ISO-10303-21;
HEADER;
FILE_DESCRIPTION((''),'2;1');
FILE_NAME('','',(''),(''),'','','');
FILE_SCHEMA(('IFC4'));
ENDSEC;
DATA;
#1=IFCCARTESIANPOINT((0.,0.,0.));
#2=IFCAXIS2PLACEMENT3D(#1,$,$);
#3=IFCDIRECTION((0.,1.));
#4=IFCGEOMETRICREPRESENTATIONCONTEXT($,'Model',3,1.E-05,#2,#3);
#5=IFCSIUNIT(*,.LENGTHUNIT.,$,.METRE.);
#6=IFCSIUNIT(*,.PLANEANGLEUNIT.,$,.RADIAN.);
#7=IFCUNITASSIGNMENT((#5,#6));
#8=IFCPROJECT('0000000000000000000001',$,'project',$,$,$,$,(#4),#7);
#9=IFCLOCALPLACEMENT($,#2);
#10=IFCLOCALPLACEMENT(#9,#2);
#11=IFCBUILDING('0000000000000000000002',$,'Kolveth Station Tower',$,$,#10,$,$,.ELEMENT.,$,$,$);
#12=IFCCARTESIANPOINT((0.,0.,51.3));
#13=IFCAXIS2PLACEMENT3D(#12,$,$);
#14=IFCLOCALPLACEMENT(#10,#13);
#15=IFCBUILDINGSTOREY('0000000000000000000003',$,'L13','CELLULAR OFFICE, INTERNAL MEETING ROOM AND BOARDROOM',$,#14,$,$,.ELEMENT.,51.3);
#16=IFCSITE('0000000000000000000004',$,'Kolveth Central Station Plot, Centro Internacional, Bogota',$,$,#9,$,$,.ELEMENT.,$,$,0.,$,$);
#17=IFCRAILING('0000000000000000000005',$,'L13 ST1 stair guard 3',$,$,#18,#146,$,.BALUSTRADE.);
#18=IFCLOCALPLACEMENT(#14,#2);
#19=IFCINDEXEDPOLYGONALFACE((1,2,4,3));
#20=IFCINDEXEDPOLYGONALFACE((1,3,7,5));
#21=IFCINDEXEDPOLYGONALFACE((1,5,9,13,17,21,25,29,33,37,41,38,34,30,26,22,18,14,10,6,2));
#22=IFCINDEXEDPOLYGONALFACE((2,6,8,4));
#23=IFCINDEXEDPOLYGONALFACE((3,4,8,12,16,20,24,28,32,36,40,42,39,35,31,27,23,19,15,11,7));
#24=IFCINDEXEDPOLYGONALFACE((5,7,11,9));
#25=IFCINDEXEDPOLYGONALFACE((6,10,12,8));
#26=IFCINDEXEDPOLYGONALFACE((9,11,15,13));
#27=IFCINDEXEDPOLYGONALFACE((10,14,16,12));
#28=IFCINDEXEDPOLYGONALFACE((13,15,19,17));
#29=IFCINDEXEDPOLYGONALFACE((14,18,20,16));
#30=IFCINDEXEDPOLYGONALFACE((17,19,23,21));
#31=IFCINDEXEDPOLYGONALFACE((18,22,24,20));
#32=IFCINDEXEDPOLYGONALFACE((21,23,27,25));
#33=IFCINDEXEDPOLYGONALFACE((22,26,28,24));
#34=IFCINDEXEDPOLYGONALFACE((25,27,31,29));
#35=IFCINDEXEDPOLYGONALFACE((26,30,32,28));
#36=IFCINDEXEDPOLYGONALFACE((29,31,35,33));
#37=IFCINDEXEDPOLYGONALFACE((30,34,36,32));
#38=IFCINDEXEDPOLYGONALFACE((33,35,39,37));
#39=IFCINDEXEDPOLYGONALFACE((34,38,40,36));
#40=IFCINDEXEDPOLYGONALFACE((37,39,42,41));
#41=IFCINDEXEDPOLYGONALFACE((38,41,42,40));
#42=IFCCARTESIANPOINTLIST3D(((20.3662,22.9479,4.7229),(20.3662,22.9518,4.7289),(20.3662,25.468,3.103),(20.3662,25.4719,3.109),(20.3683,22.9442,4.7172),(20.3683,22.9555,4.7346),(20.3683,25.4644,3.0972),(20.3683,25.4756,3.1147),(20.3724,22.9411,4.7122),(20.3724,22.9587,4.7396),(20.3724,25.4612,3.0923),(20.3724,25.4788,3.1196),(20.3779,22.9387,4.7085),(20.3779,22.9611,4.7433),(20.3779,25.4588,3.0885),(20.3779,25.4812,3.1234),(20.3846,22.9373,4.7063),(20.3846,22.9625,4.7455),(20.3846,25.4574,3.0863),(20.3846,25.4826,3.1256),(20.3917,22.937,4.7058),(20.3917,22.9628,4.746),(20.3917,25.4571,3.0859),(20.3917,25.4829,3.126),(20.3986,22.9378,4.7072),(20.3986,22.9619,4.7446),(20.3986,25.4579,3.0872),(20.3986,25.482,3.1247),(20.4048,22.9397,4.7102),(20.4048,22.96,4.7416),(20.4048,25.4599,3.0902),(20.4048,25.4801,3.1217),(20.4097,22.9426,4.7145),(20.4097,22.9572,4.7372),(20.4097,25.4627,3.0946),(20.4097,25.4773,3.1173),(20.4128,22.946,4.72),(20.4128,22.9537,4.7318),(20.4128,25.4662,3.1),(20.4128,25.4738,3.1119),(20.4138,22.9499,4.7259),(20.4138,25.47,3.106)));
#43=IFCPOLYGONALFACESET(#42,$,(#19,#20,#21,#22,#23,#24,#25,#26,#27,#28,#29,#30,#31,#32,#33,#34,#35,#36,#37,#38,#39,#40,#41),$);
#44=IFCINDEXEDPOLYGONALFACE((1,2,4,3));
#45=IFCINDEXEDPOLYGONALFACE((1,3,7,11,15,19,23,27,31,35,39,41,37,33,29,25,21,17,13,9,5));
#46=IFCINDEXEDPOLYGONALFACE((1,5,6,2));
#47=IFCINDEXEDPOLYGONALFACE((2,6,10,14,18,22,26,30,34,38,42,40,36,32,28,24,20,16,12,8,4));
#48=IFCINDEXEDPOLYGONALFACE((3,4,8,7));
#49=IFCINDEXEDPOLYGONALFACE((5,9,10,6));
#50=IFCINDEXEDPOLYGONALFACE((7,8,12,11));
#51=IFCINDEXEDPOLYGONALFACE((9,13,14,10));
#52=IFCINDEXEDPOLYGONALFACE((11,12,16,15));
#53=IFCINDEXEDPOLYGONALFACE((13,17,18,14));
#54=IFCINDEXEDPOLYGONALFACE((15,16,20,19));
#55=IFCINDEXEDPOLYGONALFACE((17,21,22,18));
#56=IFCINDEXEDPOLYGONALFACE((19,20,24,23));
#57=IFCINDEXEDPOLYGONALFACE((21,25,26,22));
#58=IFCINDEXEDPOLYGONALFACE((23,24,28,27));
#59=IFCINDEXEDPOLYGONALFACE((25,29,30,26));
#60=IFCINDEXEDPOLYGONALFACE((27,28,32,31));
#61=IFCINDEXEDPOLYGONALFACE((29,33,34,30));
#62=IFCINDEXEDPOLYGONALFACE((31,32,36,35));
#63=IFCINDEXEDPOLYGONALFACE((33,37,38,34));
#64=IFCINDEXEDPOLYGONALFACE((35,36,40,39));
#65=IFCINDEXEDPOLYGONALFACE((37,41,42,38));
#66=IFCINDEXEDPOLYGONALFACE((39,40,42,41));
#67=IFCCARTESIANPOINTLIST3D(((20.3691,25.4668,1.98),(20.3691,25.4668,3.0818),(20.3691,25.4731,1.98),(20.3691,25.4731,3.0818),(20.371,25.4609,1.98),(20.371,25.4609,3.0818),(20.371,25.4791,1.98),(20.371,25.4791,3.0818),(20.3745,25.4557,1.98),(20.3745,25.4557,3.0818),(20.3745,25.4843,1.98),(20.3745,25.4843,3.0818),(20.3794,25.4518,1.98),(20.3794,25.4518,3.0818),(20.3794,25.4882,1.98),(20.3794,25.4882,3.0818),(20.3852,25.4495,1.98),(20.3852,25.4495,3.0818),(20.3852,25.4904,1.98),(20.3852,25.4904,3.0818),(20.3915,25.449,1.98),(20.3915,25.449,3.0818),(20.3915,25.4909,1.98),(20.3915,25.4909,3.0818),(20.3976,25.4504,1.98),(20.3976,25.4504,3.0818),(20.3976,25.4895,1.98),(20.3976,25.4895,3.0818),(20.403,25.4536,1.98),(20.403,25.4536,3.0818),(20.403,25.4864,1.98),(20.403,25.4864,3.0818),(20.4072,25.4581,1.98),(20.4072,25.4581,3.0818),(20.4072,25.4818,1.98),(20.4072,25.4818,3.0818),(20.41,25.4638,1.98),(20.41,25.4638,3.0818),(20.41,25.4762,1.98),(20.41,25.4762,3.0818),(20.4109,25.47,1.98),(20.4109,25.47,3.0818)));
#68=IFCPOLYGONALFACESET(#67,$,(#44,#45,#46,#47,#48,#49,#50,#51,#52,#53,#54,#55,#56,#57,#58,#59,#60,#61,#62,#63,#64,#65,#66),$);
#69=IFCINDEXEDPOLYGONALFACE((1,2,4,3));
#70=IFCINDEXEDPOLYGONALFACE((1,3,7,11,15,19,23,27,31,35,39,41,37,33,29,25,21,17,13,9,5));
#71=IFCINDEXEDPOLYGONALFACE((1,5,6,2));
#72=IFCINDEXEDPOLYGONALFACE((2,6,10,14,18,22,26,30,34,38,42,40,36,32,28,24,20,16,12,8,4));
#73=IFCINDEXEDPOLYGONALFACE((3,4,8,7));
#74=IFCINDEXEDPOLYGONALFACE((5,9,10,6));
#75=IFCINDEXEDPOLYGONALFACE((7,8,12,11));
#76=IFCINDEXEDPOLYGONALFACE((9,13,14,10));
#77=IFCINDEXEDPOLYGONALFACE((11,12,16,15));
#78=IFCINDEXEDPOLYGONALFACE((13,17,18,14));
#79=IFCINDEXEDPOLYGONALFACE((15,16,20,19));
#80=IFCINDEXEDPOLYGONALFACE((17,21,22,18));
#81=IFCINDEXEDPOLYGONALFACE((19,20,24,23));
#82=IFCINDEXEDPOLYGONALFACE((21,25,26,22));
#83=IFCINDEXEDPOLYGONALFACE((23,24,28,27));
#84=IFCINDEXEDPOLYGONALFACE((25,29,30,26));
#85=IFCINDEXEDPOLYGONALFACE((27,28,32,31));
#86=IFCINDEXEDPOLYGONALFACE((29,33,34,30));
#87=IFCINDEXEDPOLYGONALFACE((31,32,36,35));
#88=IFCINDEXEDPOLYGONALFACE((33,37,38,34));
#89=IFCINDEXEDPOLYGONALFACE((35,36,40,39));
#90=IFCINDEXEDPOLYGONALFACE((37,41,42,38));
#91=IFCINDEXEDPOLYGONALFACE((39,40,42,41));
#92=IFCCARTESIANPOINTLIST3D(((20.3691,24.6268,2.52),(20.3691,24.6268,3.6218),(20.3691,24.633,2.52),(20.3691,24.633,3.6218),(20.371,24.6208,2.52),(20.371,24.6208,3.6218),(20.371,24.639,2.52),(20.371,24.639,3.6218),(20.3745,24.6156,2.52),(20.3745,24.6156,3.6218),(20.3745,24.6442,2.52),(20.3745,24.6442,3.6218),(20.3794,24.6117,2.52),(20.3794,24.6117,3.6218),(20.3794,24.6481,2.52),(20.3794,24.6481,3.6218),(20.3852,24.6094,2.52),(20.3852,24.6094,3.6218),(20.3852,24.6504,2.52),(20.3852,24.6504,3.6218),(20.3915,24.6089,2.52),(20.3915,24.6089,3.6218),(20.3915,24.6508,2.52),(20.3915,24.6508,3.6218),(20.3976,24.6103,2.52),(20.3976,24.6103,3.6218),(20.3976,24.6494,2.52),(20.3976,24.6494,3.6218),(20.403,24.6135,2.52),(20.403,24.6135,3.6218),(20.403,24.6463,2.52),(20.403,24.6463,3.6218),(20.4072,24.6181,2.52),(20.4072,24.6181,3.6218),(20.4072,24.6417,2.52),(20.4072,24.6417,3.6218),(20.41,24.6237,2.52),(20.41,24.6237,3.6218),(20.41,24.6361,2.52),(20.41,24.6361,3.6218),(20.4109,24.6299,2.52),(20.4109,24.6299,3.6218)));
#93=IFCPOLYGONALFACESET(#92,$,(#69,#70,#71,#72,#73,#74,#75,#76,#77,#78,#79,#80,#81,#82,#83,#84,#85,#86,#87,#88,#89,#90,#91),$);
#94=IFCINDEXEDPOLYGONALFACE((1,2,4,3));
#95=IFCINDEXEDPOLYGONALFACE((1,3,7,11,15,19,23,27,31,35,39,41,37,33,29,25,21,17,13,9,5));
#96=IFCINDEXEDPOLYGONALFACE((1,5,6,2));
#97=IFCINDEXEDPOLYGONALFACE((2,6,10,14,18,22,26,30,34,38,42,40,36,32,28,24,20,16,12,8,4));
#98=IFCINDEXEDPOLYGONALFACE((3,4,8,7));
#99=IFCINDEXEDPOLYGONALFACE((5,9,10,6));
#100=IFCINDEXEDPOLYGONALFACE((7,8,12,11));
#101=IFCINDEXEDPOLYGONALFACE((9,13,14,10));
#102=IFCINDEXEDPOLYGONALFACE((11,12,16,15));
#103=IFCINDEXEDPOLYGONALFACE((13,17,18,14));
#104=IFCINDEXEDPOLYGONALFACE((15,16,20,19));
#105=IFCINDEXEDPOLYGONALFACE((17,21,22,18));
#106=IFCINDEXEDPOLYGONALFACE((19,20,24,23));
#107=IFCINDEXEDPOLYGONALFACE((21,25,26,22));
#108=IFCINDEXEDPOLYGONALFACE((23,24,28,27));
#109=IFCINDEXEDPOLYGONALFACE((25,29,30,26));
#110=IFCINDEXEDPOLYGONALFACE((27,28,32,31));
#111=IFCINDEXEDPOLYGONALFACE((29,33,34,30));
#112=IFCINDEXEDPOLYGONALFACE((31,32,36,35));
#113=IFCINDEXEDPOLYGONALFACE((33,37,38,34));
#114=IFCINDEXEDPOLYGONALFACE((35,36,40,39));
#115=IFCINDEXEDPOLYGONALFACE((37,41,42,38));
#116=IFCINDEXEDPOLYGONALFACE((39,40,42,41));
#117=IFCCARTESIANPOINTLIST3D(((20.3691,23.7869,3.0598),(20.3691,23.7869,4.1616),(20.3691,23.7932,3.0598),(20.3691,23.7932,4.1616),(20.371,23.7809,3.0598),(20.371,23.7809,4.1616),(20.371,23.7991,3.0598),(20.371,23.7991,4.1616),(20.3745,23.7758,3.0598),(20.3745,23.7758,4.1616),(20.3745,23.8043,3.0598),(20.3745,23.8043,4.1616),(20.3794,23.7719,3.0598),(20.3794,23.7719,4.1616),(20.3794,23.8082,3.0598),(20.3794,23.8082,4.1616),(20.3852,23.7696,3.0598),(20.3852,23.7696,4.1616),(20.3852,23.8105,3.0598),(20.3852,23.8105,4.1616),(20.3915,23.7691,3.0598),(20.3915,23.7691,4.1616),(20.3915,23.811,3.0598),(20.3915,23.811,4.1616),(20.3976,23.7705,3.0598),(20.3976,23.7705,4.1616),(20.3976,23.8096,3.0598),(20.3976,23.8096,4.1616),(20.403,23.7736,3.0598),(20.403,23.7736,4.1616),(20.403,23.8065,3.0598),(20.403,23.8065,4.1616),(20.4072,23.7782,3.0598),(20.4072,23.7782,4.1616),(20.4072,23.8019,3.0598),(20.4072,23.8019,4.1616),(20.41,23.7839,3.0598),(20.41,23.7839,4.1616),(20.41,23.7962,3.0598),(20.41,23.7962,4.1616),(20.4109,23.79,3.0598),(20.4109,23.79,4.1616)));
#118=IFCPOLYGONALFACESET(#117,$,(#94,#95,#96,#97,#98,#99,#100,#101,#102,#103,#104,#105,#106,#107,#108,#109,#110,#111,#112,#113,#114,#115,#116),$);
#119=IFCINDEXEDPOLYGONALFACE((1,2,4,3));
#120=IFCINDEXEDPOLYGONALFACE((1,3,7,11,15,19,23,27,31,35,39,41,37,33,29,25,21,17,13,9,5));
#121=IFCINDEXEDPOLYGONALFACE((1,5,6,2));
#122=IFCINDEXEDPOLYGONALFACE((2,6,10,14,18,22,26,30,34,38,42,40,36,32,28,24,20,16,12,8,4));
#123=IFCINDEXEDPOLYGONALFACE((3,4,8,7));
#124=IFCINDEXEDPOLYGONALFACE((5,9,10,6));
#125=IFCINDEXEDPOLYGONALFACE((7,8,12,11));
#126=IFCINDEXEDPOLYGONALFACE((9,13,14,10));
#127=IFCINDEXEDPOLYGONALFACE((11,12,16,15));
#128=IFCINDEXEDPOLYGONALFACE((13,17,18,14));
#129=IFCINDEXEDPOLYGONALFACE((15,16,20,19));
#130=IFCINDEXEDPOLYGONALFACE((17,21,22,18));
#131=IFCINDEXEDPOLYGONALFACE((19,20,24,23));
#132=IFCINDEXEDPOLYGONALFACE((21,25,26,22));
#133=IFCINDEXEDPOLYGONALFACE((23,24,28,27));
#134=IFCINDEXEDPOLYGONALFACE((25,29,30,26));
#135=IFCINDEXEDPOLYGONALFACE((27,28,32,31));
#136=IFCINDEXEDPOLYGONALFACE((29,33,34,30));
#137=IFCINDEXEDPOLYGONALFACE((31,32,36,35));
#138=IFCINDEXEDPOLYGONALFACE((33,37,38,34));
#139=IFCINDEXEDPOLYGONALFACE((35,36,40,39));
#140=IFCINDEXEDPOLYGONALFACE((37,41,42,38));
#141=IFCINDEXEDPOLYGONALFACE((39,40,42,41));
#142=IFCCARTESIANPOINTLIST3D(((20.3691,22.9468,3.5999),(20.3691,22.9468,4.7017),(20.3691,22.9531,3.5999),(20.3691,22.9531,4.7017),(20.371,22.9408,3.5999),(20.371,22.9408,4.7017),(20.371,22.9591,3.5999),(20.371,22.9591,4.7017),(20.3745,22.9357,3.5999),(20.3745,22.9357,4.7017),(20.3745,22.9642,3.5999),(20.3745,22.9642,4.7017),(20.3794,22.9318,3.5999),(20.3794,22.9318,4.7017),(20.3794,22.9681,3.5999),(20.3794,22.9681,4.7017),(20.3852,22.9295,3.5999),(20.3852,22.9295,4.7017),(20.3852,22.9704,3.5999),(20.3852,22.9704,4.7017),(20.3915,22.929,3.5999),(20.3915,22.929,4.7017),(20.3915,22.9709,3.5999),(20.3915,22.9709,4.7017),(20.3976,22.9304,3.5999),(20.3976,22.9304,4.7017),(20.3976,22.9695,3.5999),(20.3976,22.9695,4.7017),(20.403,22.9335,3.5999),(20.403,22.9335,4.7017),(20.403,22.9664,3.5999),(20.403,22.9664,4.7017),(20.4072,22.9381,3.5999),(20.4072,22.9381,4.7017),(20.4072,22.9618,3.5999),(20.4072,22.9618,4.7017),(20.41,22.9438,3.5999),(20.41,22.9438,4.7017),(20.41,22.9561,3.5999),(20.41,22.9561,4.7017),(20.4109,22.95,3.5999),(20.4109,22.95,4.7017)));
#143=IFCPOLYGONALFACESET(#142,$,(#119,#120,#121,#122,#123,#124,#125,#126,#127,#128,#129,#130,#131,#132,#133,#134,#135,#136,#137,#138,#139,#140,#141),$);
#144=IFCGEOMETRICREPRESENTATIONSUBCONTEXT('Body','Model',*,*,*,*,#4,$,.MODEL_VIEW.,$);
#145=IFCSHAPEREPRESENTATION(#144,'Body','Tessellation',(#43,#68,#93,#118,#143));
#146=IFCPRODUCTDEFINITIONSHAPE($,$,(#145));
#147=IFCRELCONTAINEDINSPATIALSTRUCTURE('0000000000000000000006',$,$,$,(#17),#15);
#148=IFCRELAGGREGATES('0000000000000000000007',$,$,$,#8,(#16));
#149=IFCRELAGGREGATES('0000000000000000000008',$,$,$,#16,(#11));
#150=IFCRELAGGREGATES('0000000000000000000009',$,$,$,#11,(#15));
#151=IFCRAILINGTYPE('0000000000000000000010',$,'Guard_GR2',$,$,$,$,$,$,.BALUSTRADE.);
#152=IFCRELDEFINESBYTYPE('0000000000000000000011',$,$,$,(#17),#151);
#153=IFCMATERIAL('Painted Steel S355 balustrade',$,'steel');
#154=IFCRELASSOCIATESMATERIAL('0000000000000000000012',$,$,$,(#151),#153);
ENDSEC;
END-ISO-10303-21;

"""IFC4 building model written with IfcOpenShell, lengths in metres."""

from ifc_helpers import new_model, si_unit, direction, frame, origin, origin_2d, place, context, subcontext, project, spatial, circle, extrude, material, type_object, element, save


model = new_model("IFC4")

# Units and contexts
model_context = context("Model", 3, precision=1e-05, world=origin(), true_north=direction((0.0, 1.0)))
body_context = subcontext(model_context, "Body", "Model", "MODEL_VIEW")
ifc_project = project(units=[si_unit("LENGTHUNIT", "METRE"), si_unit("PLANEANGLEUNIT", "RADIAN")], contexts=[model_context])

# Site, building, storey
site_placement = place(None, origin())
site = spatial("IfcSite", under=ifc_project, at=site_placement, Name="Kolveth Central Station Plot, Centro Internacional, Bogota", CompositionType="ELEMENT", RefElevation=0.0)
building_placement = place(site_placement, origin())
building = spatial("IfcBuilding", under=site, at=building_placement, Name="Kolveth Station Tower", CompositionType="ELEMENT")
storey_placement = place(building_placement, frame((0.0, 0.0, 51.3)))
storey = spatial("IfcBuildingStorey", under=building, at=storey_placement, Name="L13", Description="CELLULAR OFFICE, INTERNAL MEETING ROOM AND BOARDROOM", CompositionType="ELEMENT", Elevation=51.3)

# Railing
ifc_material_1 = material(Name="Painted Steel S355 balustrade", Category="steel")
railing_type_1 = type_object("IfcRailingType", Name="Guard_GR2", PredefinedType="BALUSTRADE", material=ifc_material_1)
railing_1_placement = place(storey_placement, frame((20.3899, 25.47, 1.98)))
element("IfcRailing", 1, at=railing_1_placement, inside=storey, type_object=railing_type_1, Name="L13 ST1 stair guard 3", PredefinedType="BALUSTRADE", context=body_context, shape_type="SweptSolid", body=[
    extrude(circle(Radius=0.0239, at=origin_2d()), frame((0.0, 0.0, 1.126), z_axis=(0.0, -0.8412, 0.540725), x_axis=(1.0, 0.0, 0.0)), (0.0, 0.0, 1.0), 2.9958),
    extrude(circle(Radius=0.021, at=origin_2d()), origin(), (0.0, 0.0, 1.0), 1.1018),
    extrude(circle(Radius=0.021, at=origin_2d()), frame((0.0, -0.8401, 0.54)), (0.0, 0.0, 1.0), 1.1018),
    extrude(circle(Radius=0.021, at=origin_2d()), frame((0.0, -1.6799, 1.0798)), (0.0, 0.0, 1.0), 1.1018),
    extrude(circle(Radius=0.021, at=origin_2d()), frame((0.0, -2.52, 1.6199)), (0.0, 0.0, 1.0), 1.1018),
])

save(model, "model.ifc")
